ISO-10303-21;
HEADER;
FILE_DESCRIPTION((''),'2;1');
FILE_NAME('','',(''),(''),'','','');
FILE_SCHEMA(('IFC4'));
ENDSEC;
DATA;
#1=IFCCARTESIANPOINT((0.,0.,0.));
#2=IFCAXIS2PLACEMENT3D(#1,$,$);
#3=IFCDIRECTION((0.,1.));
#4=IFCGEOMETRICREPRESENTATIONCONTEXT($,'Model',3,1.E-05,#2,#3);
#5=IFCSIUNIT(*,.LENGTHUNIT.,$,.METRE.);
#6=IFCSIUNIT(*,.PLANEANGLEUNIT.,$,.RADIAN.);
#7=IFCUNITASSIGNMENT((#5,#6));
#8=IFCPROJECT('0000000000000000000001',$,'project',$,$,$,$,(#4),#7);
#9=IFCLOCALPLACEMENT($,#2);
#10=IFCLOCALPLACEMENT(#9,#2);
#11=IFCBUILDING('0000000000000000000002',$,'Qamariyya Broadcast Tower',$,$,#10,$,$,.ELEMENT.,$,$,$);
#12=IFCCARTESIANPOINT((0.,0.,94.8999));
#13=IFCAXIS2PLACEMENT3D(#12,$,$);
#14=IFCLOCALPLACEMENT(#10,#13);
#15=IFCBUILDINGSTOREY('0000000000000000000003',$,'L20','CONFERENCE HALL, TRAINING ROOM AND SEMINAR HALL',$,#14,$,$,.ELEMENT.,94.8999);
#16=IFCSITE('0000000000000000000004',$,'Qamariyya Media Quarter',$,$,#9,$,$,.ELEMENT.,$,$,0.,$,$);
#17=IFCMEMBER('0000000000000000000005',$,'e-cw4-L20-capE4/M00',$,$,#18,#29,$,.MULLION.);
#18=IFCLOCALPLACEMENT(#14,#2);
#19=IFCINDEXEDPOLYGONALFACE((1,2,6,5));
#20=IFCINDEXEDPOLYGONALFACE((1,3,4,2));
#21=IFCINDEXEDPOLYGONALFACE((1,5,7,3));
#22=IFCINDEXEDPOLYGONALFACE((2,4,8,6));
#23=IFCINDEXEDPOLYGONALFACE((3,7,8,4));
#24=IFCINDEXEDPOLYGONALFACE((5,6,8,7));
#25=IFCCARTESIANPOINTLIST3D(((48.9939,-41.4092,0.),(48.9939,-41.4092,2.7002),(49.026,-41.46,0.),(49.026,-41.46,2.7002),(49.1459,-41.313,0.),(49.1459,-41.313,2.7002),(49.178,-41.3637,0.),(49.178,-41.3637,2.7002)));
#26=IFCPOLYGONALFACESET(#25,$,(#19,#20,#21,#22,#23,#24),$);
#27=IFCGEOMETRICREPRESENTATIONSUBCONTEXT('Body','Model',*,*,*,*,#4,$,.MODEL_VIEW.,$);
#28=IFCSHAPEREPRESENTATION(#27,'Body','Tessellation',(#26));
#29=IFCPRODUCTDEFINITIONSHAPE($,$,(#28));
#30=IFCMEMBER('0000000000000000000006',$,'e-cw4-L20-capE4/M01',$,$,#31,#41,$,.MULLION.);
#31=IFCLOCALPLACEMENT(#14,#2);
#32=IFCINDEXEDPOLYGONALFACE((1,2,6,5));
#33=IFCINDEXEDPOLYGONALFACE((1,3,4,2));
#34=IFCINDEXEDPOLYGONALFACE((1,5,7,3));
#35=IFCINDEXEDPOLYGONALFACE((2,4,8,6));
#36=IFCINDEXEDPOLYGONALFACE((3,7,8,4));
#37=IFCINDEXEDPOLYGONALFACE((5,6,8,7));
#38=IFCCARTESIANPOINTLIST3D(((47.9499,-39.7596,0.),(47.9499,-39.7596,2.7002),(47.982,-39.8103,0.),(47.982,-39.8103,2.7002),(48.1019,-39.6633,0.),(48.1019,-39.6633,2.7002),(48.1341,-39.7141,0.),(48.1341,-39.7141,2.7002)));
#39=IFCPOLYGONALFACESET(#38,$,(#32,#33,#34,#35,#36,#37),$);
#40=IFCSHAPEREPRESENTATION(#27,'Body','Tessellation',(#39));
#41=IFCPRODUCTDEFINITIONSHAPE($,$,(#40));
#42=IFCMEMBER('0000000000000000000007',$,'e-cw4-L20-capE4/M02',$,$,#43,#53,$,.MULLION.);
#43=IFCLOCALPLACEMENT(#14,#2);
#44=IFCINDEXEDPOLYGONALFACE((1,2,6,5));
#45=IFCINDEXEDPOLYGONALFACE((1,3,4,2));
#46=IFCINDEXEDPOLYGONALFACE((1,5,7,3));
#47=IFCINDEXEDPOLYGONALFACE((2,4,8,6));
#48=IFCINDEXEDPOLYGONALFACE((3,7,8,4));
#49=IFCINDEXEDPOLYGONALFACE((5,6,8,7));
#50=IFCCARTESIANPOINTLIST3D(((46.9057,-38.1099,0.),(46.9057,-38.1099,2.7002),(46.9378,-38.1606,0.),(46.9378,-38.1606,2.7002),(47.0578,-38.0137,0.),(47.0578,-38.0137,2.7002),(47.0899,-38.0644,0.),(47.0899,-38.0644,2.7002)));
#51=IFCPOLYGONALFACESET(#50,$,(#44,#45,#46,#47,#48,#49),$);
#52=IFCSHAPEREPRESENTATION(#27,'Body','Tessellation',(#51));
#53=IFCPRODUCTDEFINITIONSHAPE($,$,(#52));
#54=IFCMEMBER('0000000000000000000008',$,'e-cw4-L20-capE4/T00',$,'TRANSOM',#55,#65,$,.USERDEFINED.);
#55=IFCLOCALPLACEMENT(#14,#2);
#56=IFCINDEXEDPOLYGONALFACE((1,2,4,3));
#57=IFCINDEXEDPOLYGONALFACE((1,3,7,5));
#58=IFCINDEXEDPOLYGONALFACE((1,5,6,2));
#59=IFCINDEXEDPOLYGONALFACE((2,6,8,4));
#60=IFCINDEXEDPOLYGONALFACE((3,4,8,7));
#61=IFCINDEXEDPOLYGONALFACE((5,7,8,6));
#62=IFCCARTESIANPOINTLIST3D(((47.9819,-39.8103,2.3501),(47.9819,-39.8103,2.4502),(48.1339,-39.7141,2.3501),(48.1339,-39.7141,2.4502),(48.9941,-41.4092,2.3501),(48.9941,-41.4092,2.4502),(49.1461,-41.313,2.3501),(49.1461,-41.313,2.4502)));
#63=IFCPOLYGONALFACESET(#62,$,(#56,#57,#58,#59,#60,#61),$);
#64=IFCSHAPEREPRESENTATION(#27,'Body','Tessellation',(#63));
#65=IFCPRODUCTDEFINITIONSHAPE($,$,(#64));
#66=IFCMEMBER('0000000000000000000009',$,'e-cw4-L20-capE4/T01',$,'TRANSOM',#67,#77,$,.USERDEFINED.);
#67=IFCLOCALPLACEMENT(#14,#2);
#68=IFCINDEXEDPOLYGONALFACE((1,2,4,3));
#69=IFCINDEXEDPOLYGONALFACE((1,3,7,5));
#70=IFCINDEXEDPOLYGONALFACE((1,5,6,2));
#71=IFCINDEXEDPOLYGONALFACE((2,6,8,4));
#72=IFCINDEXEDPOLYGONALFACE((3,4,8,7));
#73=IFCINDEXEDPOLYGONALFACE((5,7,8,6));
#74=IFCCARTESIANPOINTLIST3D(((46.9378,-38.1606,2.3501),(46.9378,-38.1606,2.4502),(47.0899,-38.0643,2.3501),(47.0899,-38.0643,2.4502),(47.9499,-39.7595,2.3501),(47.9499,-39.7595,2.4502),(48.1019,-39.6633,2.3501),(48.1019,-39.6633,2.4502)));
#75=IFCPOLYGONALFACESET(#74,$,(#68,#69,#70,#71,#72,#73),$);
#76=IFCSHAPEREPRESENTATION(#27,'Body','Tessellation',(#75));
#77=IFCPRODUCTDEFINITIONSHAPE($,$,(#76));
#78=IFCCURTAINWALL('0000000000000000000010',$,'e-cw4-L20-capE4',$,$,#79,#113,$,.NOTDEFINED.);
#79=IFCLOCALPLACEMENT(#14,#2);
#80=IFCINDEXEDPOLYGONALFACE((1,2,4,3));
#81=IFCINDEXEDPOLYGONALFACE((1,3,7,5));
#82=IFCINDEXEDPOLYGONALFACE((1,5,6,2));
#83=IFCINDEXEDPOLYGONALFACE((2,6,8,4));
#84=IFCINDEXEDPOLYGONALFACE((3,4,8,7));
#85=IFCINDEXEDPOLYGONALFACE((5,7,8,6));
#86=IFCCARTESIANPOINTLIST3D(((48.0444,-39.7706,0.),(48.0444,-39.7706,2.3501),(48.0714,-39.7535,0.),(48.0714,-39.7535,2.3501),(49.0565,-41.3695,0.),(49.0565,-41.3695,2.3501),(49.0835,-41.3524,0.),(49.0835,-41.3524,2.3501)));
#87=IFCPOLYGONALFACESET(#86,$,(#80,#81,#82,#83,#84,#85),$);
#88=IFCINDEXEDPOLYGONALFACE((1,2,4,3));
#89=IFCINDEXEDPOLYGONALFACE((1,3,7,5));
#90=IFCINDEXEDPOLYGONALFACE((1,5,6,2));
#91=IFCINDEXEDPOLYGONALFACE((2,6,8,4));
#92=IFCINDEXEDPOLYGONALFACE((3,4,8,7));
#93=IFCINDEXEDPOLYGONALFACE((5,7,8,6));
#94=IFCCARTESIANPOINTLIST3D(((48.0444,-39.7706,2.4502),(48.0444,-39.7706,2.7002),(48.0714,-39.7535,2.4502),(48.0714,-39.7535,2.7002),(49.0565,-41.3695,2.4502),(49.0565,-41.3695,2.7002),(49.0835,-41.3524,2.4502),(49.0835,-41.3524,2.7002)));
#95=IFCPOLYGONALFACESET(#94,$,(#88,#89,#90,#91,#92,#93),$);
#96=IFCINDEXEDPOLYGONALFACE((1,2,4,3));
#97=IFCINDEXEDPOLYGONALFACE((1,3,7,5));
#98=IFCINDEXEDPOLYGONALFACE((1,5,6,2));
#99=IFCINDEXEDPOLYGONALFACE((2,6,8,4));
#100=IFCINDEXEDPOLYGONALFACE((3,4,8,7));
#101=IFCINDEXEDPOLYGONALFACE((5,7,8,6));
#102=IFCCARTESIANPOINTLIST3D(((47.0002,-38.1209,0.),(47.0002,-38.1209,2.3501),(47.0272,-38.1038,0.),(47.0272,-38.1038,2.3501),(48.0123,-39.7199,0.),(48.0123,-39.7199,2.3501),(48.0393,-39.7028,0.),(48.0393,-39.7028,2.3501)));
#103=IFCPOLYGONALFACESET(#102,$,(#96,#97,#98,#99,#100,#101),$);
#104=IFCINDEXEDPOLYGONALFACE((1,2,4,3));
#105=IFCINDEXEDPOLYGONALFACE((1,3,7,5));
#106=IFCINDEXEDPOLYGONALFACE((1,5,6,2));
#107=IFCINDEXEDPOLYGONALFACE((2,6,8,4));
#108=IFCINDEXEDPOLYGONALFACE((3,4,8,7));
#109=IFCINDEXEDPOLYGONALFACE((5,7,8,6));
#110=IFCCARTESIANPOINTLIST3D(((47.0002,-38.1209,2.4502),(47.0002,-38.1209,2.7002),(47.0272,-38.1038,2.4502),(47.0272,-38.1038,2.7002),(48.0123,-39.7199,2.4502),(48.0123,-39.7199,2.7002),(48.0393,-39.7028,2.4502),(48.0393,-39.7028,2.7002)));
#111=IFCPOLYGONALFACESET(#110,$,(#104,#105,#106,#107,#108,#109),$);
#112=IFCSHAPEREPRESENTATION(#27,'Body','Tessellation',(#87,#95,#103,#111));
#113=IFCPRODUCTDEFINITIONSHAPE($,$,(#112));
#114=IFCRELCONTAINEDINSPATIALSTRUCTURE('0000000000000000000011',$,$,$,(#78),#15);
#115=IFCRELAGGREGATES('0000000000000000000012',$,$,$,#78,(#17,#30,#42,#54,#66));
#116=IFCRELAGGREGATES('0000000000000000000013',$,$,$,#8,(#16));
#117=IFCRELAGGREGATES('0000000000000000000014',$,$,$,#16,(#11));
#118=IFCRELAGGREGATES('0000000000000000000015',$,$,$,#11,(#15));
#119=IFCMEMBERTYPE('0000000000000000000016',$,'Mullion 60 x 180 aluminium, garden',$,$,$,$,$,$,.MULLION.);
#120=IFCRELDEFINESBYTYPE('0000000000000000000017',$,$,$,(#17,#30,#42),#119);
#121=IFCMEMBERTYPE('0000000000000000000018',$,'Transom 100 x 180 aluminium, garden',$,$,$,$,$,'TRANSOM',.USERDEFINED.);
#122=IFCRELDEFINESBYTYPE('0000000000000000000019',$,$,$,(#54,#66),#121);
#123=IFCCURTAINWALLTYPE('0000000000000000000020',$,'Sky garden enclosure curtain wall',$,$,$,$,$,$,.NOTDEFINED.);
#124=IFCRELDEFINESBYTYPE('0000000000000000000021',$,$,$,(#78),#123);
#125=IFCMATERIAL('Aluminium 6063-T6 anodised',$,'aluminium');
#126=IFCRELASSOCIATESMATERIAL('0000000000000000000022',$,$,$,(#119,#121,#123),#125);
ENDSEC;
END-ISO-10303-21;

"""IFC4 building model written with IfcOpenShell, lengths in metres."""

from ifc_helpers import new_model, si_unit, direction, frame, origin, origin_2d, place, context, subcontext, project, spatial, rectangle, extrude, material, material_profile, profile_set, type_object, element, aggregate, save


model = new_model("IFC4")

# Units and contexts
model_context = context("Model", 3, precision=1e-05, world=origin(), true_north=direction((0.0, 1.0)))
body_context = subcontext(model_context, "Body", "Model", "MODEL_VIEW")
ifc_project = project(units=[si_unit("LENGTHUNIT", "METRE"), si_unit("PLANEANGLEUNIT", "RADIAN")], contexts=[model_context])

# Members
ifc_material_1 = material(Name="Aluminium 6063-T6 anodised", Category="aluminium")
ifc_material_profile_1 = material_profile(ifc_material_1, rectangle(XDim=0.1799, YDim=0.0601, at=origin_2d()))
ifc_profile_set_1 = profile_set([ifc_material_profile_1], Name="Aluminium 6063-T6 anodised")
member_type_1 = type_object("IfcMemberType", Name="Mullion 60 x 180 aluminium, garden", PredefinedType="MULLION", material=ifc_profile_set_1)
site_placement = place(None, origin())
building_placement = place(site_placement, origin())
storey_placement = place(building_placement, frame((0.0, 0.0, 94.8999)))
member_1_placement = place(storey_placement, frame((49.0859, -41.3865, 0.0), z_axis=(0.0, 0.0, 1.0), x_axis=(-0.844961, -0.534828, 0.0)))
member_1 = element("IfcMember", 1, at=member_1_placement, type_object=member_type_1, Name="e-cw4-L20-capE4/M00", PredefinedType="MULLION", context=body_context, shape_type="SweptSolid", body=[
    extrude(rectangle(XDim=0.1799, YDim=0.0601, at=origin_2d()), origin(), (0.0, 0.0, 1.0), 2.7002),
])
member_2_placement = place(storey_placement, frame((48.042, -39.7368, 0.0), z_axis=(0.0, 0.0, 1.0), x_axis=(-0.844961, -0.534828, 0.0)))
member_2 = element("IfcMember", 2, at=member_2_placement, type_object=member_type_1, Name="e-cw4-L20-capE4/M01", PredefinedType="MULLION", context=body_context, shape_type="SweptSolid", body=[
    extrude(rectangle(XDim=0.1799, YDim=0.0601, at=origin_2d()), origin(), (0.0, 0.0, 1.0), 2.7002),
])
member_3_placement = place(storey_placement, frame((46.9978, -38.0872, 0.0), z_axis=(0.0, 0.0, 1.0), x_axis=(-0.844961, -0.534828, 0.0)))
member_3 = element("IfcMember", 3, at=member_3_placement, type_object=member_type_1, Name="e-cw4-L20-capE4/M02", PredefinedType="MULLION", context=body_context, shape_type="SweptSolid", body=[
    extrude(rectangle(XDim=0.1799, YDim=0.0601, at=origin_2d()), origin(), (0.0, 0.0, 1.0), 2.7002),
])
ifc_material_profile_2 = material_profile(ifc_material_1, rectangle(XDim=0.1799, YDim=0.1001, at=origin_2d()))
ifc_profile_set_2 = profile_set([ifc_material_profile_2], Name="Aluminium 6063-T6 anodised")
member_type_2 = type_object("IfcMemberType", Name="Transom 100 x 180 aluminium, garden", ElementType="TRANSOM", PredefinedType="USERDEFINED", material=ifc_profile_set_2)
member_4_placement = place(storey_placement, frame((49.0701, -41.3611, 2.4001), z_axis=(-0.534896, 0.844918, 0.0), x_axis=(-0.844918, -0.534896, 0.0)))
member_4 = element("IfcMember", 4, at=member_4_placement, type_object=member_type_2, Name="e-cw4-L20-capE4/T00", ObjectType="TRANSOM", PredefinedType="USERDEFINED", context=body_context, shape_type="SweptSolid", body=[
    extrude(rectangle(XDim=0.1799, YDim=0.1001, at=origin_2d()), origin(), (0.0, 0.0, 1.0), 1.8923),
])
member_5_placement = place(storey_placement, frame((48.0259, -39.7114, 2.4001), z_axis=(-0.534803, 0.844977, 0.0), x_axis=(-0.844977, -0.534803, 0.0)))
member_5 = element("IfcMember", 5, at=member_5_placement, type_object=member_type_2, Name="e-cw4-L20-capE4/T01", ObjectType="TRANSOM", PredefinedType="USERDEFINED", context=body_context, shape_type="SweptSolid", body=[
    extrude(rectangle(XDim=0.1799, YDim=0.1001, at=origin_2d()), origin(), (0.0, 0.0, 1.0), 1.8923),
])

# Site, building, storey
site = spatial("IfcSite", under=ifc_project, at=site_placement, Name="Qamariyya Media Quarter", CompositionType="ELEMENT", RefElevation=0.0)
building = spatial("IfcBuilding", under=site, at=building_placement, Name="Qamariyya Broadcast Tower", CompositionType="ELEMENT")
storey = spatial("IfcBuildingStorey", under=building, at=storey_placement, Name="L20", Description="CONFERENCE HALL, TRAINING ROOM AND SEMINAR HALL", CompositionType="ELEMENT", Elevation=94.8999)

# Curtain wall
curtain_wall_type = type_object("IfcCurtainWallType", Name="Sky garden enclosure curtain wall", PredefinedType="NOTDEFINED", material=ifc_material_1)
curtain_wall_1_placement = place(storey_placement, origin())
curtain_wall_1 = element("IfcCurtainWall", 6, at=curtain_wall_1_placement, inside=storey, type_object=curtain_wall_type, Name="e-cw4-L20-capE4", PredefinedType="NOTDEFINED", context=body_context, shape_type="SweptSolid", body=[
    extrude(rectangle(XDim=1.8923, YDim=0.032, at=origin_2d()), frame((48.564, -40.5615, 0.0), x_axis=(-0.534834, 0.844957, 0.0)), (0.0, 0.0, 1.0), 2.3501),
    extrude(rectangle(XDim=1.8923, YDim=0.032, at=origin_2d()), frame((48.564, -40.5615, 2.4502), x_axis=(-0.534834, 0.844957, 0.0)), (0.0, 0.0, 1.0), 0.25),
    extrude(rectangle(XDim=1.8923, YDim=0.032, at=origin_2d()), frame((47.5198, -38.9119, 0.0), x_axis=(-0.534834, 0.844957, 0.0)), (0.0, 0.0, 1.0), 2.3501),
    extrude(rectangle(XDim=1.8923, YDim=0.032, at=origin_2d()), frame((47.5198, -38.9119, 2.4502), x_axis=(-0.534834, 0.844957, 0.0)), (0.0, 0.0, 1.0), 0.25),
])
aggregate(curtain_wall_1, [member_1, member_2, member_3, member_4, member_5])

save(model, "model.ifc")
